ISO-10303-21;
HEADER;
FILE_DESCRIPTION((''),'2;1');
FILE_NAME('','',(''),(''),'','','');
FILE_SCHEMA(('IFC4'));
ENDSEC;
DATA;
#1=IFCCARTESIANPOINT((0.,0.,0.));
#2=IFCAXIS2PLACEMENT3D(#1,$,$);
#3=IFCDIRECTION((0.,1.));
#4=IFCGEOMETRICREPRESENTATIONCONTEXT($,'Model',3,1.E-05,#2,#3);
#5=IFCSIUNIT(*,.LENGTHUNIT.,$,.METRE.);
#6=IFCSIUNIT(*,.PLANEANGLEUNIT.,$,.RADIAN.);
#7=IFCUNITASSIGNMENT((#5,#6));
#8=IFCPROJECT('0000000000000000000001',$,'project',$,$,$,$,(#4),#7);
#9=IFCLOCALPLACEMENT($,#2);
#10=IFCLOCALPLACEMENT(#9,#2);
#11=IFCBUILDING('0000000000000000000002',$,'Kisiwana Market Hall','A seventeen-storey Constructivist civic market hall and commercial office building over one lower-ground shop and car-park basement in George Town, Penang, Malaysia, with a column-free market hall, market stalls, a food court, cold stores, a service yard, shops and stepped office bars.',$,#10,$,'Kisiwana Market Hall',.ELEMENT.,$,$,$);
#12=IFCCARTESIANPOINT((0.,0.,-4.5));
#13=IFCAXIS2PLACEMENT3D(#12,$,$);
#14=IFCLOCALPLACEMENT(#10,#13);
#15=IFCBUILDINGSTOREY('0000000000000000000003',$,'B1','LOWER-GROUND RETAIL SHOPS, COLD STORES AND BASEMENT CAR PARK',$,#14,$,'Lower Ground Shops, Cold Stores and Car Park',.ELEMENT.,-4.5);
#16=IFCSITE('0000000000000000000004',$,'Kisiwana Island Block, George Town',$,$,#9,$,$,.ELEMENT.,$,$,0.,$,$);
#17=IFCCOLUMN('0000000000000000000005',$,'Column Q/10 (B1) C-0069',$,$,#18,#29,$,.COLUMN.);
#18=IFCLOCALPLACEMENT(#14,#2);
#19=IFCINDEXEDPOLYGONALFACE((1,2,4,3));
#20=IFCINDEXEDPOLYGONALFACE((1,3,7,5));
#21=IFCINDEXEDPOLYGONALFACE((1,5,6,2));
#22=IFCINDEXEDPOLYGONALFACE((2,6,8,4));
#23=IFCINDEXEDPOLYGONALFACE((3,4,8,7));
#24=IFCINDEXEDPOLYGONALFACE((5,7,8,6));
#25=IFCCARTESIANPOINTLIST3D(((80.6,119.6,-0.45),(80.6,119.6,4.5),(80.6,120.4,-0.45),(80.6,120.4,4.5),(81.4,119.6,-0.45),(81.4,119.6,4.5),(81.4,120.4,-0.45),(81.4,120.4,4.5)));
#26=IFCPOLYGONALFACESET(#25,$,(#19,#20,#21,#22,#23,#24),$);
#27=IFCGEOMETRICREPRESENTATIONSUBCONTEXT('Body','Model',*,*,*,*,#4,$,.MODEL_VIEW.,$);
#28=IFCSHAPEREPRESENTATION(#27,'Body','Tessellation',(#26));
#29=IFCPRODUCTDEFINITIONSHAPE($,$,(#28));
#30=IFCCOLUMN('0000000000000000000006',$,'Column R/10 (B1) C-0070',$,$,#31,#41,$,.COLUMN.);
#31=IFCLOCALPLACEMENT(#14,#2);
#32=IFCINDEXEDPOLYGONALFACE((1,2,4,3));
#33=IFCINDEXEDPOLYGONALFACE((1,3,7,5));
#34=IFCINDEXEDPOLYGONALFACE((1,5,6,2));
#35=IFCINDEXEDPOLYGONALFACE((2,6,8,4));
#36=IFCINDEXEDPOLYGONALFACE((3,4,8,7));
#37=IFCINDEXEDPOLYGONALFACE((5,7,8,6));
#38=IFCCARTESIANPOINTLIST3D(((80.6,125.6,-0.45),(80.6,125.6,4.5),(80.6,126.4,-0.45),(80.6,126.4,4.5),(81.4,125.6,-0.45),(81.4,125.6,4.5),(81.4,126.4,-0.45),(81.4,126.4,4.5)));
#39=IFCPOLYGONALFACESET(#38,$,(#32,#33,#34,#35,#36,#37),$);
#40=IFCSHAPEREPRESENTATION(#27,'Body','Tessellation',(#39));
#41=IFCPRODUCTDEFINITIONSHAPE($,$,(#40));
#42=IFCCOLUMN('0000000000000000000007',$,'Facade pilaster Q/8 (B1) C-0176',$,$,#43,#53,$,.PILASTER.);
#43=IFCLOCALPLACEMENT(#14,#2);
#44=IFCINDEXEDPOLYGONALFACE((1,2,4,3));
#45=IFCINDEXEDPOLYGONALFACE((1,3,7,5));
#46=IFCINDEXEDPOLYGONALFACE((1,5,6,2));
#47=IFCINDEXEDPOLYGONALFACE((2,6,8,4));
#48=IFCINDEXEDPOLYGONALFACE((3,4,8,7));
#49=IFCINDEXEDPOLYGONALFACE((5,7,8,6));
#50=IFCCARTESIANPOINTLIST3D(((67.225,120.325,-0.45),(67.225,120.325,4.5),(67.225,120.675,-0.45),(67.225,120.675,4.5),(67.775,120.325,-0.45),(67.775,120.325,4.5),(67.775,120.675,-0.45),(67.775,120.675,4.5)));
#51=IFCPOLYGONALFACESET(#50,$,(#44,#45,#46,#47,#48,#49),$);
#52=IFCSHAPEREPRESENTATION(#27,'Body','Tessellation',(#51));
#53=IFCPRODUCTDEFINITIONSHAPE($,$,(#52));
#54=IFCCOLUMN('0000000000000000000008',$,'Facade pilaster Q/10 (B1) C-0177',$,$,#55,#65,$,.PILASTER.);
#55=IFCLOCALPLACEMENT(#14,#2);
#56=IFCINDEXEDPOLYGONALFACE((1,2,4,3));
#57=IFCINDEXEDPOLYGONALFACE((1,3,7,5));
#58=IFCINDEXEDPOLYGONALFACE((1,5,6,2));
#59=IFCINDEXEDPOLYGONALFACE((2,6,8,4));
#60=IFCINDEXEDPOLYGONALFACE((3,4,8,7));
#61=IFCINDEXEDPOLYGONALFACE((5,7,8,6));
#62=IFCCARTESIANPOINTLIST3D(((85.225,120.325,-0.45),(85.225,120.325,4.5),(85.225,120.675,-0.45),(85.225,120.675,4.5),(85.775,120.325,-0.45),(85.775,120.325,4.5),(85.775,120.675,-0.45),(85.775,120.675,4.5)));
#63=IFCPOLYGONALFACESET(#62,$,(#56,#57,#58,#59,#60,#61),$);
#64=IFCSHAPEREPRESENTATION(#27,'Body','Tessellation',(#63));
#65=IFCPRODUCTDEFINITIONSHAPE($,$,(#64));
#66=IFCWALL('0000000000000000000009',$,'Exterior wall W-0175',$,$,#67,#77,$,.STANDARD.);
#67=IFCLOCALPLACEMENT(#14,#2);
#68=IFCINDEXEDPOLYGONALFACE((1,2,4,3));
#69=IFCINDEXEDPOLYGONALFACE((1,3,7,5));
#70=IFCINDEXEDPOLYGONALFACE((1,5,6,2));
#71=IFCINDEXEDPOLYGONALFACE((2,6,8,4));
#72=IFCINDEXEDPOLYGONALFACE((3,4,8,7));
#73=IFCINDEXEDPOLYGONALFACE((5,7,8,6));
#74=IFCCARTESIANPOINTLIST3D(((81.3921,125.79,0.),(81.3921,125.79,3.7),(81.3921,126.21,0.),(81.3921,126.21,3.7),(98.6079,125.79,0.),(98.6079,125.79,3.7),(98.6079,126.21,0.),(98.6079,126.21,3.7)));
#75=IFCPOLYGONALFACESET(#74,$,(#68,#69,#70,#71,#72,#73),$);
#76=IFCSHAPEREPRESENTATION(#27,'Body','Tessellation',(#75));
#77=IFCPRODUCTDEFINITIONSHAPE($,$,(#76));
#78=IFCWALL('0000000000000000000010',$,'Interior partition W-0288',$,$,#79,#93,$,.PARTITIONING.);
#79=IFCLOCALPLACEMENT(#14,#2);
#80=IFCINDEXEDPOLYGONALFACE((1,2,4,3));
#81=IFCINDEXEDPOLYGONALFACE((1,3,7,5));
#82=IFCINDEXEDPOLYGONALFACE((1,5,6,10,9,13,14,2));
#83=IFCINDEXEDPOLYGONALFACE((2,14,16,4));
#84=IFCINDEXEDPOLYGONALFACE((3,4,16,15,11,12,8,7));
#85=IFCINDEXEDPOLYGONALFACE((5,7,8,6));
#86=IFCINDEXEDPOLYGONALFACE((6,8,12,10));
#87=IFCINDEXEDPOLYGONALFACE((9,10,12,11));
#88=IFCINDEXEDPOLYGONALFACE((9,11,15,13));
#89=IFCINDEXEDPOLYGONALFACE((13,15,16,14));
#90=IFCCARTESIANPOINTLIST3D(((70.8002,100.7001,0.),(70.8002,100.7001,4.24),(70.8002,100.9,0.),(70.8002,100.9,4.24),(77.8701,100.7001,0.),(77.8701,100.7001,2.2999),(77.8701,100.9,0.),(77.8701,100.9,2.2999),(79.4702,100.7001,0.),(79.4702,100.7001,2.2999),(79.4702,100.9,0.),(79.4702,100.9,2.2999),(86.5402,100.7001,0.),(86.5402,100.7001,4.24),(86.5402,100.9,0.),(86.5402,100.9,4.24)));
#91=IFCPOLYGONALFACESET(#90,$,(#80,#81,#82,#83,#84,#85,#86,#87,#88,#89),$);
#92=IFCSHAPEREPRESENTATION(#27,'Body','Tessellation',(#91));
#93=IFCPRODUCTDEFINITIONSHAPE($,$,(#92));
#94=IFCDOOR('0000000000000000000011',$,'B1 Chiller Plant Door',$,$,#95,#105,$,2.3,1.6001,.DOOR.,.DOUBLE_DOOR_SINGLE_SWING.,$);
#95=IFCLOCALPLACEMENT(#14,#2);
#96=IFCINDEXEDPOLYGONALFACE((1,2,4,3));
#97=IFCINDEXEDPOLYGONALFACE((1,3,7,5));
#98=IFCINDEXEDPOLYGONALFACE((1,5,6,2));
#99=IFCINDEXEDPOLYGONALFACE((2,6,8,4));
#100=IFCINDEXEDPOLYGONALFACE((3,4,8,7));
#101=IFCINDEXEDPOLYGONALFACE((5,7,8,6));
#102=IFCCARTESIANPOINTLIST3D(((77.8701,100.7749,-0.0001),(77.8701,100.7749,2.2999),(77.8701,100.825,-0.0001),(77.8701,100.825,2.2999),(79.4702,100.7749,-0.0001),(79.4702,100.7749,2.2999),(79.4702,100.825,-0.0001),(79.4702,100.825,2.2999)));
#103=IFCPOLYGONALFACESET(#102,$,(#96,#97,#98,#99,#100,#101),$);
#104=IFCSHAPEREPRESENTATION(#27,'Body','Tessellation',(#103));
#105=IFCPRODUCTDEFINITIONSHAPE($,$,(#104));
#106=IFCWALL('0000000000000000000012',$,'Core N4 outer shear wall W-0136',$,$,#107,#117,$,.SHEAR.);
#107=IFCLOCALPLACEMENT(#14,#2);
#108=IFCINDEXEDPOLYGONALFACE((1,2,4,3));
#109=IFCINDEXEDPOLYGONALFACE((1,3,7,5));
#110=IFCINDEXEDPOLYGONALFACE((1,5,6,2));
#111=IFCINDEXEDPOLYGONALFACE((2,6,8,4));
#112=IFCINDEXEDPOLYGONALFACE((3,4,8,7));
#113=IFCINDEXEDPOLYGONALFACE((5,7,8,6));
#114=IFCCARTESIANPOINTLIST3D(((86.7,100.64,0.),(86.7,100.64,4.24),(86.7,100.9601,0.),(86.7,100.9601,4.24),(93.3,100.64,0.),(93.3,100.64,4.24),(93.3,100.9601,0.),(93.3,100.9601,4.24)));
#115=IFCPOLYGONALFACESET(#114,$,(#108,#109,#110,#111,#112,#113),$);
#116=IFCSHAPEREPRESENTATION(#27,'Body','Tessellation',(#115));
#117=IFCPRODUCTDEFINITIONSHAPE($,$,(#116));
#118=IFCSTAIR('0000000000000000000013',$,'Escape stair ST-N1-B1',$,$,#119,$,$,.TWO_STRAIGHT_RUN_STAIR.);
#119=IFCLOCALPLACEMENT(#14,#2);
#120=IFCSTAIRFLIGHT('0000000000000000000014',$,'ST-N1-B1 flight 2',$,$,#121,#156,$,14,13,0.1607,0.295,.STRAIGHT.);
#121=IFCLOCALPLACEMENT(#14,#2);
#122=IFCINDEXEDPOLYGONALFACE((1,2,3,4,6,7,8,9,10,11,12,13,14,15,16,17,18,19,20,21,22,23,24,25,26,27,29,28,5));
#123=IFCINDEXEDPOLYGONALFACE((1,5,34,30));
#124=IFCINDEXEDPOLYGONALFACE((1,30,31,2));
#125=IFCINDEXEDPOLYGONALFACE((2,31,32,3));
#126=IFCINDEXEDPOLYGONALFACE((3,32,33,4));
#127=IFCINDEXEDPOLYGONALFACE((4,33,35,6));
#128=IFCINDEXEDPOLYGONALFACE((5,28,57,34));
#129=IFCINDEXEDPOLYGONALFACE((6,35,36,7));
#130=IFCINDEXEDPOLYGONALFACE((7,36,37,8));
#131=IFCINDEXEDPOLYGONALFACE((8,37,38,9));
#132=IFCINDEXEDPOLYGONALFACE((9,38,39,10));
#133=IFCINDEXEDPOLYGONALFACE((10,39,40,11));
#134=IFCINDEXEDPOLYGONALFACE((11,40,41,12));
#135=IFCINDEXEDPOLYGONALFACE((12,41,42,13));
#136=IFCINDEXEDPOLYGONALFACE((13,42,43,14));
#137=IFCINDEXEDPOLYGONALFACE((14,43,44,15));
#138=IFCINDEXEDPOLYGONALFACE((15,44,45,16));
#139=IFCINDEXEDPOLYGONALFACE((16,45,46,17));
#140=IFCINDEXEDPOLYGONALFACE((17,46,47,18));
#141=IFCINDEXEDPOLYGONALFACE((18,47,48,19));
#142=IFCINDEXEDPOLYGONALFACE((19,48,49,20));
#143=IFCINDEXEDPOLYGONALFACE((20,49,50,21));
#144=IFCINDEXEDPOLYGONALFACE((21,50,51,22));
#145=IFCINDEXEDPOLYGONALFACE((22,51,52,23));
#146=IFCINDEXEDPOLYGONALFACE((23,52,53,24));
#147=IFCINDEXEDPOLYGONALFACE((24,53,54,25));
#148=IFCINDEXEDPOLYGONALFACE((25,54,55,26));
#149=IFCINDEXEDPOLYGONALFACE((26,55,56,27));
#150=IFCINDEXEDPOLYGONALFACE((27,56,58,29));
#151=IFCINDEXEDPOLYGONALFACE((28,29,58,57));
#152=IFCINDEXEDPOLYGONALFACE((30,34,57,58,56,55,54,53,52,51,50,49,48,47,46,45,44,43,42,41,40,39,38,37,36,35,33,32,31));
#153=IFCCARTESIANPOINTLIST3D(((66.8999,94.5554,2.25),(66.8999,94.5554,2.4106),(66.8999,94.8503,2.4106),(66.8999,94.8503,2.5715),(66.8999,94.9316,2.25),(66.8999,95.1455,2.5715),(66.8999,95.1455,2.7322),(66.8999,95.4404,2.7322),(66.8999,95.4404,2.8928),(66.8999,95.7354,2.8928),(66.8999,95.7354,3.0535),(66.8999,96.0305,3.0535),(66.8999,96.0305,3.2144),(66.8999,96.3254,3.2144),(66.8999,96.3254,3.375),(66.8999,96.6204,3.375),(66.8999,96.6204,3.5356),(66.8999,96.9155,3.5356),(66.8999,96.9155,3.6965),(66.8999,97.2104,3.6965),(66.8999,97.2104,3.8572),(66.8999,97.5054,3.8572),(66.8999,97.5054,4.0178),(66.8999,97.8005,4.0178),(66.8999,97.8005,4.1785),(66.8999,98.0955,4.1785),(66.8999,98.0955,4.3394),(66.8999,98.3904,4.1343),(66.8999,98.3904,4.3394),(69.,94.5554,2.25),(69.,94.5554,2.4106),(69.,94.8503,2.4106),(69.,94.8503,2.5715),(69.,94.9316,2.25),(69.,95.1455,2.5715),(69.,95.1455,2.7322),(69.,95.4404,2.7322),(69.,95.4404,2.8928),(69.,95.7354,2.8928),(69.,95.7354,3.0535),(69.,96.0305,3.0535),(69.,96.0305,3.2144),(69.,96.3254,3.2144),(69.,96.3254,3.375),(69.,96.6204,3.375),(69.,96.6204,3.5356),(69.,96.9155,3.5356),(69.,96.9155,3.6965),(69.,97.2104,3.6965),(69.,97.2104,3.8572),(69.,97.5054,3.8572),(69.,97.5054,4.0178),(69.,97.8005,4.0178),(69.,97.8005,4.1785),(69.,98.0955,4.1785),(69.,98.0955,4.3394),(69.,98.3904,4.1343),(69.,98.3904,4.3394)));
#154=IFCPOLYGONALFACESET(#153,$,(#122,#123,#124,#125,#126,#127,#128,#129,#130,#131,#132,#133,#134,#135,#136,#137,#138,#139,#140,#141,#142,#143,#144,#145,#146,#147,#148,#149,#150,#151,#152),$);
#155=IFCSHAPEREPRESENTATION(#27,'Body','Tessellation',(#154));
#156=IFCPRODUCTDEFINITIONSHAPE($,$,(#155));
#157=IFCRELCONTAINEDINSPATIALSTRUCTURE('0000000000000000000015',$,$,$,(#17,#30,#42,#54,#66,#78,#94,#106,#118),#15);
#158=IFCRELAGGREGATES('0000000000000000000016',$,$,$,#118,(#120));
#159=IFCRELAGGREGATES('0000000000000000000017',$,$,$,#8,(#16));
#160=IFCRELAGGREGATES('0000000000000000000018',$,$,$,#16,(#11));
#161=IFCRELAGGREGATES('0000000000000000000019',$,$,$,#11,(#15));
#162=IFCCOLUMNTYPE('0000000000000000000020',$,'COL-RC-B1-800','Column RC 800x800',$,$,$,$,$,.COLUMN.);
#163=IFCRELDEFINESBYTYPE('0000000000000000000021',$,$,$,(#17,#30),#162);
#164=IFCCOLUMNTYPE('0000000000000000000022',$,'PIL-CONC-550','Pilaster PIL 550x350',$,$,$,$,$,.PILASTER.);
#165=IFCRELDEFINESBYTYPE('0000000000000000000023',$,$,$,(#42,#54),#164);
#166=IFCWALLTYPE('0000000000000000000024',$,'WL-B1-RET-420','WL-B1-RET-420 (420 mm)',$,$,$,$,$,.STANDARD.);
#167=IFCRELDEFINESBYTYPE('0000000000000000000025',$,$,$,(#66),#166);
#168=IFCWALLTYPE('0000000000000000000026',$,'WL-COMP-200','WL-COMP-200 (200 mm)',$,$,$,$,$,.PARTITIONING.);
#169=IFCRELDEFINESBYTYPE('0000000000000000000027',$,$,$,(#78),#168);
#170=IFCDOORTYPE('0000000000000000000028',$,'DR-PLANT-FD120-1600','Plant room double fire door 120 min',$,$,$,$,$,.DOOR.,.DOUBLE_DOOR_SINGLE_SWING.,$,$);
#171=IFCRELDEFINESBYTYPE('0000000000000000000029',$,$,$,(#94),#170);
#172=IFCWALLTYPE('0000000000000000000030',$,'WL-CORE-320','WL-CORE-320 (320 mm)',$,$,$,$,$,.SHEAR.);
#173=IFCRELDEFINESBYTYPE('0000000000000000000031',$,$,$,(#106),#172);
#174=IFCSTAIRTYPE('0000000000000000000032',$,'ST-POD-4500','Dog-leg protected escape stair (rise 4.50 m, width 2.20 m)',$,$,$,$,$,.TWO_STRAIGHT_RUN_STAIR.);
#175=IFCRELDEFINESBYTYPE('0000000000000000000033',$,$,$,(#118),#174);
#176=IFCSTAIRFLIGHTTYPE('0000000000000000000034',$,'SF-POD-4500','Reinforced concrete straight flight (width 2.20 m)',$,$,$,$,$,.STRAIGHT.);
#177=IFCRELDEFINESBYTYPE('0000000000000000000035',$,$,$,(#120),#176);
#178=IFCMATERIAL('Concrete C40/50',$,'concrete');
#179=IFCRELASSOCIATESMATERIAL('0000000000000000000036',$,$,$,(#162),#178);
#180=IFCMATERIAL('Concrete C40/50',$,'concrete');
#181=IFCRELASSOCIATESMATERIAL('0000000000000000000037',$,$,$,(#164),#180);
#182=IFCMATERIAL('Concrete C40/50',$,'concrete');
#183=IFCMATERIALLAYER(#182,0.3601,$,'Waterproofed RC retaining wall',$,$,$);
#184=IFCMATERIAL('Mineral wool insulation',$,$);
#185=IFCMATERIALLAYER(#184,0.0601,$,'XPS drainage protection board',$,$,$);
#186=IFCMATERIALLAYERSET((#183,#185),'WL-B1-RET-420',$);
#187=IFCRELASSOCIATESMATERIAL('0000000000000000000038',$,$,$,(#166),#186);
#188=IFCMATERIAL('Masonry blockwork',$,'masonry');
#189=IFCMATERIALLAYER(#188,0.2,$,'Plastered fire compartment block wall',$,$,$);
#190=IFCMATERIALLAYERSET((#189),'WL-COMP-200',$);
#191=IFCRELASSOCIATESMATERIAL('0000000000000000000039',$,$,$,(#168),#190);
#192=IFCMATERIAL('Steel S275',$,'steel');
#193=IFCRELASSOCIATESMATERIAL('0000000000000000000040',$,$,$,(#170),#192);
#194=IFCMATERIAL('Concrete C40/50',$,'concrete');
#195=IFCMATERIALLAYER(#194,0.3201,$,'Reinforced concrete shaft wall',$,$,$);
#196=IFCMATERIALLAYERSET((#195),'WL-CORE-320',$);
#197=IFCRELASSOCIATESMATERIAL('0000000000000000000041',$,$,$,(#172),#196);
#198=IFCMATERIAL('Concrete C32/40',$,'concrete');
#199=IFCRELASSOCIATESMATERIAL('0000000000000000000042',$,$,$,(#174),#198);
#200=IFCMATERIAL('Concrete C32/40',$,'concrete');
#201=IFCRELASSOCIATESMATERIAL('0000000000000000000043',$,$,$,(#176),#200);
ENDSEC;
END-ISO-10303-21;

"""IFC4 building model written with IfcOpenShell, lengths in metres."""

from ifc_helpers import new_model, si_unit, direction, frame, frame_2d, origin, origin_2d, place, context, subcontext, project, spatial, polyline, rectangle, outline, extrude, material, layer, layer_set, material_profile, profile_set, type_object, element, fill, aggregate, save


model = new_model("IFC4")

# Units and contexts
model_context = context("Model", 3, precision=1e-05, world=origin(), true_north=direction((0.0, 1.0)))
body_context = subcontext(model_context, "Body", "Model", "MODEL_VIEW")
ifc_project = project(units=[si_unit("LENGTHUNIT", "METRE"), si_unit("PLANEANGLEUNIT", "RADIAN")], contexts=[model_context])

# Site, building, storey
site_placement = place(None, origin())
site = spatial("IfcSite", under=ifc_project, at=site_placement, Name="Kisiwana Island Block, George Town", CompositionType="ELEMENT", RefElevation=0.0)
building_placement = place(site_placement, origin())
building = spatial("IfcBuilding", under=site, at=building_placement, Name="Kisiwana Market Hall", Description="A seventeen-storey Constructivist civic market hall and commercial office building over one lower-ground shop and car-park basement in George Town, Penang, Malaysia, with a column-free market hall, market stalls, a food court, cold stores, a service yard, shops and stepped office bars.", LongName="Kisiwana Market Hall", CompositionType="ELEMENT")
storey_placement = place(building_placement, frame((0.0, 0.0, -4.5)))
storey = spatial("IfcBuildingStorey", under=building, at=storey_placement, Name="B1", Description="LOWER-GROUND RETAIL SHOPS, COLD STORES AND BASEMENT CAR PARK", LongName="Lower Ground Shops, Cold Stores and Car Park", CompositionType="ELEMENT", Elevation=-4.5)

# Columns
ifc_material_1 = material(Name="Concrete C40/50", Category="concrete")
ifc_material_profile_1 = material_profile(ifc_material_1, rectangle(XDim=0.8, YDim=0.8, at=origin_2d()), Name="RC 800x800")
ifc_profile_set_1 = profile_set([ifc_material_profile_1], Name="Concrete C40/50")
column_type_1 = type_object("IfcColumnType", Name="COL-RC-B1-800", Description="Column RC 800x800", PredefinedType="COLUMN", material=ifc_profile_set_1)
for number, where, z_axis, x_axis, name in (
    (1, (81.0, 120.0, -0.45), (0.0, 0.0, 1.0), (1.0, 0.0, 0.0), "Column Q/10 (B1) C-0069"),
    (2, (81.0, 126.0, -0.45), (0.0, 0.0, 1.0), (1.0, 0.0, 0.0), "Column R/10 (B1) C-0070"),
):
    element("IfcColumn", number, at=place(storey_placement, frame(where, z_axis=z_axis, x_axis=x_axis)), inside=storey, type_object=column_type_1, Name=name, PredefinedType="COLUMN", context=body_context, shape_type="SweptSolid", body=[
        extrude(rectangle(XDim=0.8, YDim=0.8, at=origin_2d()), origin(), (0.0, 0.0, 1.0), 4.95),
    ])
ifc_material_2 = material(Name="Concrete C40/50", Category="concrete")
ifc_material_profile_2 = material_profile(ifc_material_2, rectangle(XDim=0.55, YDim=0.3501, at=origin_2d()), Name="PIL 550x350")
ifc_profile_set_2 = profile_set([ifc_material_profile_2], Name="Concrete C40/50")
column_type_2 = type_object("IfcColumnType", Name="PIL-CONC-550", Description="Pilaster PIL 550x350", PredefinedType="PILASTER", material=ifc_profile_set_2)
for number, where, z_axis, x_axis, name in (
    (3, (67.5, 120.5, -0.45), (0.0, 0.0, 1.0), (1.0, 0.0, 0.0), "Facade pilaster Q/8 (B1) C-0176"),
    (4, (85.5, 120.5, -0.45), (0.0, 0.0, 1.0), (1.0, 0.0, 0.0), "Facade pilaster Q/10 (B1) C-0177"),
):
    element("IfcColumn", number, at=place(storey_placement, frame(where, z_axis=z_axis, x_axis=x_axis)), inside=storey, type_object=column_type_2, Name=name, PredefinedType="PILASTER", context=body_context, shape_type="SweptSolid", body=[
        extrude(rectangle(XDim=0.55, YDim=0.3501, at=origin_2d()), origin(), (0.0, 0.0, 1.0), 4.95),
    ])

# Wall
ifc_material_3 = material(Name="Concrete C40/50", Category="concrete")
ifc_layer_1 = layer(ifc_material_3, 0.3601, Name="Waterproofed RC retaining wall")
ifc_material_4 = material(Name="Mineral wool insulation")
ifc_layer_2 = layer(ifc_material_4, 0.0601, Name="XPS drainage protection board")
ifc_layer_set_1 = layer_set([ifc_layer_1, ifc_layer_2], Name="WL-B1-RET-420")
wall_type_1 = type_object("IfcWallType", Name="WL-B1-RET-420", Description="WL-B1-RET-420 (420 mm)", PredefinedType="STANDARD", material=ifc_layer_set_1)
wall_1_placement = place(storey_placement, frame((81.3921, 126.0, 0.0), z_axis=(0.0, 0.0, 1.0), x_axis=(1.0, 0.0, 0.0)))
element("IfcWall", 5, at=wall_1_placement, inside=storey, type_object=wall_type_1, Name="Exterior wall W-0175", PredefinedType="STANDARD", context=body_context, shape_type="SweptSolid", body=[
    extrude(rectangle(XDim=17.2158, YDim=0.4199, at=frame_2d((8.6079, 0.0))), origin(), (0.0, 0.0, 1.0), 3.7),
])

# Wall, opening, door
ifc_material_5 = material(Name="Masonry blockwork", Category="masonry")
ifc_layer_3 = layer(ifc_material_5, 0.2, Name="Plastered fire compartment block wall")
ifc_layer_set_2 = layer_set([ifc_layer_3], Name="WL-COMP-200")
wall_type_2 = type_object("IfcWallType", Name="WL-COMP-200", Description="WL-COMP-200 (200 mm)", PredefinedType="PARTITIONING", material=ifc_layer_set_2)
wall_2_placement = place(storey_placement, frame((70.8, 100.8, 0.0), z_axis=(0.0, 0.0, 1.0), x_axis=(1.0, 0.0, 0.0)))
wall_2 = element("IfcWall", 6, at=wall_2_placement, inside=storey, type_object=wall_type_2, Name="Interior partition W-0288", PredefinedType="PARTITIONING", context=body_context, shape_type="SweptSolid", body=[
    extrude(rectangle(XDim=15.74, YDim=0.2, at=frame_2d((7.8701, 0.0))), origin(), (0.0, 0.0, 1.0), 4.24),
])
opening_placement = place(wall_2_placement, frame((7.0701, 0.0, 0.0)))
opening = element("IfcOpeningElement", 7, at=opening_placement, cuts=wall_2, PredefinedType="OPENING", context=body_context, shape_type="SweptSolid", body=[
    extrude(rectangle(XDim=1.6001, YDim=2.3, at=frame_2d((0.8, 1.1499))), frame((0.0, 0.1118, 0.0), z_axis=(0.0, -1.0, 0.0), x_axis=(1.0, 0.0, 0.0)), (0.0, 0.0, 1.0), 0.2239),
])
ifc_material_6 = material(Name="Steel S275", Category="steel")
door_type = type_object("IfcDoorType", Name="DR-PLANT-FD120-1600", Description="Plant room double fire door 120 min", OperationType="DOUBLE_DOOR_SINGLE_SWING", PredefinedType="DOOR", material=ifc_material_6)
door_placement = place(opening_placement, origin())
door = element("IfcDoor", 8, at=door_placement, inside=storey, type_object=door_type, Name="B1 Chiller Plant Door", OperationType="DOUBLE_DOOR_SINGLE_SWING", OverallHeight=2.3, OverallWidth=1.6001, PredefinedType="DOOR", context=body_context, shape_type="SweptSolid", body=[
    extrude(rectangle(XDim=1.6001, YDim=2.3, at=frame_2d((0.8, 1.1499))), frame((0.0, 0.0249, 0.0), z_axis=(0.0, -1.0, 0.0), x_axis=(1.0, 0.0, 0.0)), (0.0, 0.0, 1.0), 0.05),
])
fill(opening, door)

# Wall
ifc_material_7 = material(Name="Concrete C40/50", Category="concrete")
ifc_layer_4 = layer(ifc_material_7, 0.3201, Name="Reinforced concrete shaft wall")
ifc_layer_set_3 = layer_set([ifc_layer_4], Name="WL-CORE-320")
wall_type_3 = type_object("IfcWallType", Name="WL-CORE-320", Description="WL-CORE-320 (320 mm)", PredefinedType="SHEAR", material=ifc_layer_set_3)
wall_3_placement = place(storey_placement, frame((86.7, 100.8, 0.0), z_axis=(0.0, 0.0, 1.0), x_axis=(1.0, 0.0, 0.0)))
element("IfcWall", 9, at=wall_3_placement, inside=storey, type_object=wall_type_3, Name="Core N4 outer shear wall W-0136", PredefinedType="SHEAR", context=body_context, shape_type="SweptSolid", body=[
    extrude(rectangle(XDim=6.6001, YDim=0.3201, at=frame_2d((3.3, 0.0))), origin(), (0.0, 0.0, 1.0), 4.24),
])

# Stair, stair flight
ifc_material_8 = material(Name="Concrete C32/40", Category="concrete")
stair_type = type_object("IfcStairType", Name="ST-POD-4500", Description="Dog-leg protected escape stair (rise 4.50 m, width 2.20 m)", PredefinedType="TWO_STRAIGHT_RUN_STAIR", material=ifc_material_8)
stair_placement = place(storey_placement, origin())
stair = element("IfcStair", 10, at=stair_placement, inside=storey, type_object=stair_type, Name="Escape stair ST-N1-B1", PredefinedType="TWO_STRAIGHT_RUN_STAIR")
ifc_material_9 = material(Name="Concrete C32/40", Category="concrete")
stair_flight_type = type_object("IfcStairFlightType", Name="SF-POD-4500", Description="Reinforced concrete straight flight (width 2.20 m)", PredefinedType="STRAIGHT", material=ifc_material_9)
stair_flight_placement = place(storey_placement, frame((67.95, 94.5554, 2.25), z_axis=(0.0, 0.0, 1.0), x_axis=(0.0, 1.0, 0.0)))
stair_flight = element("IfcStairFlight", 11, at=stair_flight_placement, type_object=stair_flight_type, Name="ST-N1-B1 flight 2", NumberOfRisers=14, NumberOfTreads=13, PredefinedType="STRAIGHT", RiserHeight=0.1607, TreadLength=0.295, context=body_context, shape_type="SweptSolid", body=[
    extrude(outline(polyline([(0.0, 0.0), (0.0, 0.1606), (0.2949, 0.1606), (0.2949, 0.3215), (0.5901, 0.3215), (0.5901, 0.4822), (0.885, 0.4822), (0.885, 0.6428), (1.1799, 0.6428), (1.1799, 0.8035), (1.4751, 0.8035), (1.4751, 0.9644), (1.77, 0.9644), (1.77, 1.125), (2.0649, 1.125), (2.0649, 1.2856), (2.3601, 1.2856), (2.3601, 1.4465), (2.655, 1.4465), (2.655, 1.6072), (2.95, 1.6072), (2.95, 1.7678), (3.2451, 1.7678), (3.2451, 1.9285), (3.54, 1.9285), (3.54, 2.0894), (3.835, 2.0894), (3.835, 2.25), (3.835, 1.8843), (0.3762, 0.0), (0.0, 0.0)])), frame((0.0, 1.05, 0.0), z_axis=(0.0, -1.0, 0.0), x_axis=(1.0, 0.0, 0.0)), (0.0, 0.0, 1.0), 2.1001),
])
aggregate(stair, [stair_flight])

save(model, "model.ifc")
